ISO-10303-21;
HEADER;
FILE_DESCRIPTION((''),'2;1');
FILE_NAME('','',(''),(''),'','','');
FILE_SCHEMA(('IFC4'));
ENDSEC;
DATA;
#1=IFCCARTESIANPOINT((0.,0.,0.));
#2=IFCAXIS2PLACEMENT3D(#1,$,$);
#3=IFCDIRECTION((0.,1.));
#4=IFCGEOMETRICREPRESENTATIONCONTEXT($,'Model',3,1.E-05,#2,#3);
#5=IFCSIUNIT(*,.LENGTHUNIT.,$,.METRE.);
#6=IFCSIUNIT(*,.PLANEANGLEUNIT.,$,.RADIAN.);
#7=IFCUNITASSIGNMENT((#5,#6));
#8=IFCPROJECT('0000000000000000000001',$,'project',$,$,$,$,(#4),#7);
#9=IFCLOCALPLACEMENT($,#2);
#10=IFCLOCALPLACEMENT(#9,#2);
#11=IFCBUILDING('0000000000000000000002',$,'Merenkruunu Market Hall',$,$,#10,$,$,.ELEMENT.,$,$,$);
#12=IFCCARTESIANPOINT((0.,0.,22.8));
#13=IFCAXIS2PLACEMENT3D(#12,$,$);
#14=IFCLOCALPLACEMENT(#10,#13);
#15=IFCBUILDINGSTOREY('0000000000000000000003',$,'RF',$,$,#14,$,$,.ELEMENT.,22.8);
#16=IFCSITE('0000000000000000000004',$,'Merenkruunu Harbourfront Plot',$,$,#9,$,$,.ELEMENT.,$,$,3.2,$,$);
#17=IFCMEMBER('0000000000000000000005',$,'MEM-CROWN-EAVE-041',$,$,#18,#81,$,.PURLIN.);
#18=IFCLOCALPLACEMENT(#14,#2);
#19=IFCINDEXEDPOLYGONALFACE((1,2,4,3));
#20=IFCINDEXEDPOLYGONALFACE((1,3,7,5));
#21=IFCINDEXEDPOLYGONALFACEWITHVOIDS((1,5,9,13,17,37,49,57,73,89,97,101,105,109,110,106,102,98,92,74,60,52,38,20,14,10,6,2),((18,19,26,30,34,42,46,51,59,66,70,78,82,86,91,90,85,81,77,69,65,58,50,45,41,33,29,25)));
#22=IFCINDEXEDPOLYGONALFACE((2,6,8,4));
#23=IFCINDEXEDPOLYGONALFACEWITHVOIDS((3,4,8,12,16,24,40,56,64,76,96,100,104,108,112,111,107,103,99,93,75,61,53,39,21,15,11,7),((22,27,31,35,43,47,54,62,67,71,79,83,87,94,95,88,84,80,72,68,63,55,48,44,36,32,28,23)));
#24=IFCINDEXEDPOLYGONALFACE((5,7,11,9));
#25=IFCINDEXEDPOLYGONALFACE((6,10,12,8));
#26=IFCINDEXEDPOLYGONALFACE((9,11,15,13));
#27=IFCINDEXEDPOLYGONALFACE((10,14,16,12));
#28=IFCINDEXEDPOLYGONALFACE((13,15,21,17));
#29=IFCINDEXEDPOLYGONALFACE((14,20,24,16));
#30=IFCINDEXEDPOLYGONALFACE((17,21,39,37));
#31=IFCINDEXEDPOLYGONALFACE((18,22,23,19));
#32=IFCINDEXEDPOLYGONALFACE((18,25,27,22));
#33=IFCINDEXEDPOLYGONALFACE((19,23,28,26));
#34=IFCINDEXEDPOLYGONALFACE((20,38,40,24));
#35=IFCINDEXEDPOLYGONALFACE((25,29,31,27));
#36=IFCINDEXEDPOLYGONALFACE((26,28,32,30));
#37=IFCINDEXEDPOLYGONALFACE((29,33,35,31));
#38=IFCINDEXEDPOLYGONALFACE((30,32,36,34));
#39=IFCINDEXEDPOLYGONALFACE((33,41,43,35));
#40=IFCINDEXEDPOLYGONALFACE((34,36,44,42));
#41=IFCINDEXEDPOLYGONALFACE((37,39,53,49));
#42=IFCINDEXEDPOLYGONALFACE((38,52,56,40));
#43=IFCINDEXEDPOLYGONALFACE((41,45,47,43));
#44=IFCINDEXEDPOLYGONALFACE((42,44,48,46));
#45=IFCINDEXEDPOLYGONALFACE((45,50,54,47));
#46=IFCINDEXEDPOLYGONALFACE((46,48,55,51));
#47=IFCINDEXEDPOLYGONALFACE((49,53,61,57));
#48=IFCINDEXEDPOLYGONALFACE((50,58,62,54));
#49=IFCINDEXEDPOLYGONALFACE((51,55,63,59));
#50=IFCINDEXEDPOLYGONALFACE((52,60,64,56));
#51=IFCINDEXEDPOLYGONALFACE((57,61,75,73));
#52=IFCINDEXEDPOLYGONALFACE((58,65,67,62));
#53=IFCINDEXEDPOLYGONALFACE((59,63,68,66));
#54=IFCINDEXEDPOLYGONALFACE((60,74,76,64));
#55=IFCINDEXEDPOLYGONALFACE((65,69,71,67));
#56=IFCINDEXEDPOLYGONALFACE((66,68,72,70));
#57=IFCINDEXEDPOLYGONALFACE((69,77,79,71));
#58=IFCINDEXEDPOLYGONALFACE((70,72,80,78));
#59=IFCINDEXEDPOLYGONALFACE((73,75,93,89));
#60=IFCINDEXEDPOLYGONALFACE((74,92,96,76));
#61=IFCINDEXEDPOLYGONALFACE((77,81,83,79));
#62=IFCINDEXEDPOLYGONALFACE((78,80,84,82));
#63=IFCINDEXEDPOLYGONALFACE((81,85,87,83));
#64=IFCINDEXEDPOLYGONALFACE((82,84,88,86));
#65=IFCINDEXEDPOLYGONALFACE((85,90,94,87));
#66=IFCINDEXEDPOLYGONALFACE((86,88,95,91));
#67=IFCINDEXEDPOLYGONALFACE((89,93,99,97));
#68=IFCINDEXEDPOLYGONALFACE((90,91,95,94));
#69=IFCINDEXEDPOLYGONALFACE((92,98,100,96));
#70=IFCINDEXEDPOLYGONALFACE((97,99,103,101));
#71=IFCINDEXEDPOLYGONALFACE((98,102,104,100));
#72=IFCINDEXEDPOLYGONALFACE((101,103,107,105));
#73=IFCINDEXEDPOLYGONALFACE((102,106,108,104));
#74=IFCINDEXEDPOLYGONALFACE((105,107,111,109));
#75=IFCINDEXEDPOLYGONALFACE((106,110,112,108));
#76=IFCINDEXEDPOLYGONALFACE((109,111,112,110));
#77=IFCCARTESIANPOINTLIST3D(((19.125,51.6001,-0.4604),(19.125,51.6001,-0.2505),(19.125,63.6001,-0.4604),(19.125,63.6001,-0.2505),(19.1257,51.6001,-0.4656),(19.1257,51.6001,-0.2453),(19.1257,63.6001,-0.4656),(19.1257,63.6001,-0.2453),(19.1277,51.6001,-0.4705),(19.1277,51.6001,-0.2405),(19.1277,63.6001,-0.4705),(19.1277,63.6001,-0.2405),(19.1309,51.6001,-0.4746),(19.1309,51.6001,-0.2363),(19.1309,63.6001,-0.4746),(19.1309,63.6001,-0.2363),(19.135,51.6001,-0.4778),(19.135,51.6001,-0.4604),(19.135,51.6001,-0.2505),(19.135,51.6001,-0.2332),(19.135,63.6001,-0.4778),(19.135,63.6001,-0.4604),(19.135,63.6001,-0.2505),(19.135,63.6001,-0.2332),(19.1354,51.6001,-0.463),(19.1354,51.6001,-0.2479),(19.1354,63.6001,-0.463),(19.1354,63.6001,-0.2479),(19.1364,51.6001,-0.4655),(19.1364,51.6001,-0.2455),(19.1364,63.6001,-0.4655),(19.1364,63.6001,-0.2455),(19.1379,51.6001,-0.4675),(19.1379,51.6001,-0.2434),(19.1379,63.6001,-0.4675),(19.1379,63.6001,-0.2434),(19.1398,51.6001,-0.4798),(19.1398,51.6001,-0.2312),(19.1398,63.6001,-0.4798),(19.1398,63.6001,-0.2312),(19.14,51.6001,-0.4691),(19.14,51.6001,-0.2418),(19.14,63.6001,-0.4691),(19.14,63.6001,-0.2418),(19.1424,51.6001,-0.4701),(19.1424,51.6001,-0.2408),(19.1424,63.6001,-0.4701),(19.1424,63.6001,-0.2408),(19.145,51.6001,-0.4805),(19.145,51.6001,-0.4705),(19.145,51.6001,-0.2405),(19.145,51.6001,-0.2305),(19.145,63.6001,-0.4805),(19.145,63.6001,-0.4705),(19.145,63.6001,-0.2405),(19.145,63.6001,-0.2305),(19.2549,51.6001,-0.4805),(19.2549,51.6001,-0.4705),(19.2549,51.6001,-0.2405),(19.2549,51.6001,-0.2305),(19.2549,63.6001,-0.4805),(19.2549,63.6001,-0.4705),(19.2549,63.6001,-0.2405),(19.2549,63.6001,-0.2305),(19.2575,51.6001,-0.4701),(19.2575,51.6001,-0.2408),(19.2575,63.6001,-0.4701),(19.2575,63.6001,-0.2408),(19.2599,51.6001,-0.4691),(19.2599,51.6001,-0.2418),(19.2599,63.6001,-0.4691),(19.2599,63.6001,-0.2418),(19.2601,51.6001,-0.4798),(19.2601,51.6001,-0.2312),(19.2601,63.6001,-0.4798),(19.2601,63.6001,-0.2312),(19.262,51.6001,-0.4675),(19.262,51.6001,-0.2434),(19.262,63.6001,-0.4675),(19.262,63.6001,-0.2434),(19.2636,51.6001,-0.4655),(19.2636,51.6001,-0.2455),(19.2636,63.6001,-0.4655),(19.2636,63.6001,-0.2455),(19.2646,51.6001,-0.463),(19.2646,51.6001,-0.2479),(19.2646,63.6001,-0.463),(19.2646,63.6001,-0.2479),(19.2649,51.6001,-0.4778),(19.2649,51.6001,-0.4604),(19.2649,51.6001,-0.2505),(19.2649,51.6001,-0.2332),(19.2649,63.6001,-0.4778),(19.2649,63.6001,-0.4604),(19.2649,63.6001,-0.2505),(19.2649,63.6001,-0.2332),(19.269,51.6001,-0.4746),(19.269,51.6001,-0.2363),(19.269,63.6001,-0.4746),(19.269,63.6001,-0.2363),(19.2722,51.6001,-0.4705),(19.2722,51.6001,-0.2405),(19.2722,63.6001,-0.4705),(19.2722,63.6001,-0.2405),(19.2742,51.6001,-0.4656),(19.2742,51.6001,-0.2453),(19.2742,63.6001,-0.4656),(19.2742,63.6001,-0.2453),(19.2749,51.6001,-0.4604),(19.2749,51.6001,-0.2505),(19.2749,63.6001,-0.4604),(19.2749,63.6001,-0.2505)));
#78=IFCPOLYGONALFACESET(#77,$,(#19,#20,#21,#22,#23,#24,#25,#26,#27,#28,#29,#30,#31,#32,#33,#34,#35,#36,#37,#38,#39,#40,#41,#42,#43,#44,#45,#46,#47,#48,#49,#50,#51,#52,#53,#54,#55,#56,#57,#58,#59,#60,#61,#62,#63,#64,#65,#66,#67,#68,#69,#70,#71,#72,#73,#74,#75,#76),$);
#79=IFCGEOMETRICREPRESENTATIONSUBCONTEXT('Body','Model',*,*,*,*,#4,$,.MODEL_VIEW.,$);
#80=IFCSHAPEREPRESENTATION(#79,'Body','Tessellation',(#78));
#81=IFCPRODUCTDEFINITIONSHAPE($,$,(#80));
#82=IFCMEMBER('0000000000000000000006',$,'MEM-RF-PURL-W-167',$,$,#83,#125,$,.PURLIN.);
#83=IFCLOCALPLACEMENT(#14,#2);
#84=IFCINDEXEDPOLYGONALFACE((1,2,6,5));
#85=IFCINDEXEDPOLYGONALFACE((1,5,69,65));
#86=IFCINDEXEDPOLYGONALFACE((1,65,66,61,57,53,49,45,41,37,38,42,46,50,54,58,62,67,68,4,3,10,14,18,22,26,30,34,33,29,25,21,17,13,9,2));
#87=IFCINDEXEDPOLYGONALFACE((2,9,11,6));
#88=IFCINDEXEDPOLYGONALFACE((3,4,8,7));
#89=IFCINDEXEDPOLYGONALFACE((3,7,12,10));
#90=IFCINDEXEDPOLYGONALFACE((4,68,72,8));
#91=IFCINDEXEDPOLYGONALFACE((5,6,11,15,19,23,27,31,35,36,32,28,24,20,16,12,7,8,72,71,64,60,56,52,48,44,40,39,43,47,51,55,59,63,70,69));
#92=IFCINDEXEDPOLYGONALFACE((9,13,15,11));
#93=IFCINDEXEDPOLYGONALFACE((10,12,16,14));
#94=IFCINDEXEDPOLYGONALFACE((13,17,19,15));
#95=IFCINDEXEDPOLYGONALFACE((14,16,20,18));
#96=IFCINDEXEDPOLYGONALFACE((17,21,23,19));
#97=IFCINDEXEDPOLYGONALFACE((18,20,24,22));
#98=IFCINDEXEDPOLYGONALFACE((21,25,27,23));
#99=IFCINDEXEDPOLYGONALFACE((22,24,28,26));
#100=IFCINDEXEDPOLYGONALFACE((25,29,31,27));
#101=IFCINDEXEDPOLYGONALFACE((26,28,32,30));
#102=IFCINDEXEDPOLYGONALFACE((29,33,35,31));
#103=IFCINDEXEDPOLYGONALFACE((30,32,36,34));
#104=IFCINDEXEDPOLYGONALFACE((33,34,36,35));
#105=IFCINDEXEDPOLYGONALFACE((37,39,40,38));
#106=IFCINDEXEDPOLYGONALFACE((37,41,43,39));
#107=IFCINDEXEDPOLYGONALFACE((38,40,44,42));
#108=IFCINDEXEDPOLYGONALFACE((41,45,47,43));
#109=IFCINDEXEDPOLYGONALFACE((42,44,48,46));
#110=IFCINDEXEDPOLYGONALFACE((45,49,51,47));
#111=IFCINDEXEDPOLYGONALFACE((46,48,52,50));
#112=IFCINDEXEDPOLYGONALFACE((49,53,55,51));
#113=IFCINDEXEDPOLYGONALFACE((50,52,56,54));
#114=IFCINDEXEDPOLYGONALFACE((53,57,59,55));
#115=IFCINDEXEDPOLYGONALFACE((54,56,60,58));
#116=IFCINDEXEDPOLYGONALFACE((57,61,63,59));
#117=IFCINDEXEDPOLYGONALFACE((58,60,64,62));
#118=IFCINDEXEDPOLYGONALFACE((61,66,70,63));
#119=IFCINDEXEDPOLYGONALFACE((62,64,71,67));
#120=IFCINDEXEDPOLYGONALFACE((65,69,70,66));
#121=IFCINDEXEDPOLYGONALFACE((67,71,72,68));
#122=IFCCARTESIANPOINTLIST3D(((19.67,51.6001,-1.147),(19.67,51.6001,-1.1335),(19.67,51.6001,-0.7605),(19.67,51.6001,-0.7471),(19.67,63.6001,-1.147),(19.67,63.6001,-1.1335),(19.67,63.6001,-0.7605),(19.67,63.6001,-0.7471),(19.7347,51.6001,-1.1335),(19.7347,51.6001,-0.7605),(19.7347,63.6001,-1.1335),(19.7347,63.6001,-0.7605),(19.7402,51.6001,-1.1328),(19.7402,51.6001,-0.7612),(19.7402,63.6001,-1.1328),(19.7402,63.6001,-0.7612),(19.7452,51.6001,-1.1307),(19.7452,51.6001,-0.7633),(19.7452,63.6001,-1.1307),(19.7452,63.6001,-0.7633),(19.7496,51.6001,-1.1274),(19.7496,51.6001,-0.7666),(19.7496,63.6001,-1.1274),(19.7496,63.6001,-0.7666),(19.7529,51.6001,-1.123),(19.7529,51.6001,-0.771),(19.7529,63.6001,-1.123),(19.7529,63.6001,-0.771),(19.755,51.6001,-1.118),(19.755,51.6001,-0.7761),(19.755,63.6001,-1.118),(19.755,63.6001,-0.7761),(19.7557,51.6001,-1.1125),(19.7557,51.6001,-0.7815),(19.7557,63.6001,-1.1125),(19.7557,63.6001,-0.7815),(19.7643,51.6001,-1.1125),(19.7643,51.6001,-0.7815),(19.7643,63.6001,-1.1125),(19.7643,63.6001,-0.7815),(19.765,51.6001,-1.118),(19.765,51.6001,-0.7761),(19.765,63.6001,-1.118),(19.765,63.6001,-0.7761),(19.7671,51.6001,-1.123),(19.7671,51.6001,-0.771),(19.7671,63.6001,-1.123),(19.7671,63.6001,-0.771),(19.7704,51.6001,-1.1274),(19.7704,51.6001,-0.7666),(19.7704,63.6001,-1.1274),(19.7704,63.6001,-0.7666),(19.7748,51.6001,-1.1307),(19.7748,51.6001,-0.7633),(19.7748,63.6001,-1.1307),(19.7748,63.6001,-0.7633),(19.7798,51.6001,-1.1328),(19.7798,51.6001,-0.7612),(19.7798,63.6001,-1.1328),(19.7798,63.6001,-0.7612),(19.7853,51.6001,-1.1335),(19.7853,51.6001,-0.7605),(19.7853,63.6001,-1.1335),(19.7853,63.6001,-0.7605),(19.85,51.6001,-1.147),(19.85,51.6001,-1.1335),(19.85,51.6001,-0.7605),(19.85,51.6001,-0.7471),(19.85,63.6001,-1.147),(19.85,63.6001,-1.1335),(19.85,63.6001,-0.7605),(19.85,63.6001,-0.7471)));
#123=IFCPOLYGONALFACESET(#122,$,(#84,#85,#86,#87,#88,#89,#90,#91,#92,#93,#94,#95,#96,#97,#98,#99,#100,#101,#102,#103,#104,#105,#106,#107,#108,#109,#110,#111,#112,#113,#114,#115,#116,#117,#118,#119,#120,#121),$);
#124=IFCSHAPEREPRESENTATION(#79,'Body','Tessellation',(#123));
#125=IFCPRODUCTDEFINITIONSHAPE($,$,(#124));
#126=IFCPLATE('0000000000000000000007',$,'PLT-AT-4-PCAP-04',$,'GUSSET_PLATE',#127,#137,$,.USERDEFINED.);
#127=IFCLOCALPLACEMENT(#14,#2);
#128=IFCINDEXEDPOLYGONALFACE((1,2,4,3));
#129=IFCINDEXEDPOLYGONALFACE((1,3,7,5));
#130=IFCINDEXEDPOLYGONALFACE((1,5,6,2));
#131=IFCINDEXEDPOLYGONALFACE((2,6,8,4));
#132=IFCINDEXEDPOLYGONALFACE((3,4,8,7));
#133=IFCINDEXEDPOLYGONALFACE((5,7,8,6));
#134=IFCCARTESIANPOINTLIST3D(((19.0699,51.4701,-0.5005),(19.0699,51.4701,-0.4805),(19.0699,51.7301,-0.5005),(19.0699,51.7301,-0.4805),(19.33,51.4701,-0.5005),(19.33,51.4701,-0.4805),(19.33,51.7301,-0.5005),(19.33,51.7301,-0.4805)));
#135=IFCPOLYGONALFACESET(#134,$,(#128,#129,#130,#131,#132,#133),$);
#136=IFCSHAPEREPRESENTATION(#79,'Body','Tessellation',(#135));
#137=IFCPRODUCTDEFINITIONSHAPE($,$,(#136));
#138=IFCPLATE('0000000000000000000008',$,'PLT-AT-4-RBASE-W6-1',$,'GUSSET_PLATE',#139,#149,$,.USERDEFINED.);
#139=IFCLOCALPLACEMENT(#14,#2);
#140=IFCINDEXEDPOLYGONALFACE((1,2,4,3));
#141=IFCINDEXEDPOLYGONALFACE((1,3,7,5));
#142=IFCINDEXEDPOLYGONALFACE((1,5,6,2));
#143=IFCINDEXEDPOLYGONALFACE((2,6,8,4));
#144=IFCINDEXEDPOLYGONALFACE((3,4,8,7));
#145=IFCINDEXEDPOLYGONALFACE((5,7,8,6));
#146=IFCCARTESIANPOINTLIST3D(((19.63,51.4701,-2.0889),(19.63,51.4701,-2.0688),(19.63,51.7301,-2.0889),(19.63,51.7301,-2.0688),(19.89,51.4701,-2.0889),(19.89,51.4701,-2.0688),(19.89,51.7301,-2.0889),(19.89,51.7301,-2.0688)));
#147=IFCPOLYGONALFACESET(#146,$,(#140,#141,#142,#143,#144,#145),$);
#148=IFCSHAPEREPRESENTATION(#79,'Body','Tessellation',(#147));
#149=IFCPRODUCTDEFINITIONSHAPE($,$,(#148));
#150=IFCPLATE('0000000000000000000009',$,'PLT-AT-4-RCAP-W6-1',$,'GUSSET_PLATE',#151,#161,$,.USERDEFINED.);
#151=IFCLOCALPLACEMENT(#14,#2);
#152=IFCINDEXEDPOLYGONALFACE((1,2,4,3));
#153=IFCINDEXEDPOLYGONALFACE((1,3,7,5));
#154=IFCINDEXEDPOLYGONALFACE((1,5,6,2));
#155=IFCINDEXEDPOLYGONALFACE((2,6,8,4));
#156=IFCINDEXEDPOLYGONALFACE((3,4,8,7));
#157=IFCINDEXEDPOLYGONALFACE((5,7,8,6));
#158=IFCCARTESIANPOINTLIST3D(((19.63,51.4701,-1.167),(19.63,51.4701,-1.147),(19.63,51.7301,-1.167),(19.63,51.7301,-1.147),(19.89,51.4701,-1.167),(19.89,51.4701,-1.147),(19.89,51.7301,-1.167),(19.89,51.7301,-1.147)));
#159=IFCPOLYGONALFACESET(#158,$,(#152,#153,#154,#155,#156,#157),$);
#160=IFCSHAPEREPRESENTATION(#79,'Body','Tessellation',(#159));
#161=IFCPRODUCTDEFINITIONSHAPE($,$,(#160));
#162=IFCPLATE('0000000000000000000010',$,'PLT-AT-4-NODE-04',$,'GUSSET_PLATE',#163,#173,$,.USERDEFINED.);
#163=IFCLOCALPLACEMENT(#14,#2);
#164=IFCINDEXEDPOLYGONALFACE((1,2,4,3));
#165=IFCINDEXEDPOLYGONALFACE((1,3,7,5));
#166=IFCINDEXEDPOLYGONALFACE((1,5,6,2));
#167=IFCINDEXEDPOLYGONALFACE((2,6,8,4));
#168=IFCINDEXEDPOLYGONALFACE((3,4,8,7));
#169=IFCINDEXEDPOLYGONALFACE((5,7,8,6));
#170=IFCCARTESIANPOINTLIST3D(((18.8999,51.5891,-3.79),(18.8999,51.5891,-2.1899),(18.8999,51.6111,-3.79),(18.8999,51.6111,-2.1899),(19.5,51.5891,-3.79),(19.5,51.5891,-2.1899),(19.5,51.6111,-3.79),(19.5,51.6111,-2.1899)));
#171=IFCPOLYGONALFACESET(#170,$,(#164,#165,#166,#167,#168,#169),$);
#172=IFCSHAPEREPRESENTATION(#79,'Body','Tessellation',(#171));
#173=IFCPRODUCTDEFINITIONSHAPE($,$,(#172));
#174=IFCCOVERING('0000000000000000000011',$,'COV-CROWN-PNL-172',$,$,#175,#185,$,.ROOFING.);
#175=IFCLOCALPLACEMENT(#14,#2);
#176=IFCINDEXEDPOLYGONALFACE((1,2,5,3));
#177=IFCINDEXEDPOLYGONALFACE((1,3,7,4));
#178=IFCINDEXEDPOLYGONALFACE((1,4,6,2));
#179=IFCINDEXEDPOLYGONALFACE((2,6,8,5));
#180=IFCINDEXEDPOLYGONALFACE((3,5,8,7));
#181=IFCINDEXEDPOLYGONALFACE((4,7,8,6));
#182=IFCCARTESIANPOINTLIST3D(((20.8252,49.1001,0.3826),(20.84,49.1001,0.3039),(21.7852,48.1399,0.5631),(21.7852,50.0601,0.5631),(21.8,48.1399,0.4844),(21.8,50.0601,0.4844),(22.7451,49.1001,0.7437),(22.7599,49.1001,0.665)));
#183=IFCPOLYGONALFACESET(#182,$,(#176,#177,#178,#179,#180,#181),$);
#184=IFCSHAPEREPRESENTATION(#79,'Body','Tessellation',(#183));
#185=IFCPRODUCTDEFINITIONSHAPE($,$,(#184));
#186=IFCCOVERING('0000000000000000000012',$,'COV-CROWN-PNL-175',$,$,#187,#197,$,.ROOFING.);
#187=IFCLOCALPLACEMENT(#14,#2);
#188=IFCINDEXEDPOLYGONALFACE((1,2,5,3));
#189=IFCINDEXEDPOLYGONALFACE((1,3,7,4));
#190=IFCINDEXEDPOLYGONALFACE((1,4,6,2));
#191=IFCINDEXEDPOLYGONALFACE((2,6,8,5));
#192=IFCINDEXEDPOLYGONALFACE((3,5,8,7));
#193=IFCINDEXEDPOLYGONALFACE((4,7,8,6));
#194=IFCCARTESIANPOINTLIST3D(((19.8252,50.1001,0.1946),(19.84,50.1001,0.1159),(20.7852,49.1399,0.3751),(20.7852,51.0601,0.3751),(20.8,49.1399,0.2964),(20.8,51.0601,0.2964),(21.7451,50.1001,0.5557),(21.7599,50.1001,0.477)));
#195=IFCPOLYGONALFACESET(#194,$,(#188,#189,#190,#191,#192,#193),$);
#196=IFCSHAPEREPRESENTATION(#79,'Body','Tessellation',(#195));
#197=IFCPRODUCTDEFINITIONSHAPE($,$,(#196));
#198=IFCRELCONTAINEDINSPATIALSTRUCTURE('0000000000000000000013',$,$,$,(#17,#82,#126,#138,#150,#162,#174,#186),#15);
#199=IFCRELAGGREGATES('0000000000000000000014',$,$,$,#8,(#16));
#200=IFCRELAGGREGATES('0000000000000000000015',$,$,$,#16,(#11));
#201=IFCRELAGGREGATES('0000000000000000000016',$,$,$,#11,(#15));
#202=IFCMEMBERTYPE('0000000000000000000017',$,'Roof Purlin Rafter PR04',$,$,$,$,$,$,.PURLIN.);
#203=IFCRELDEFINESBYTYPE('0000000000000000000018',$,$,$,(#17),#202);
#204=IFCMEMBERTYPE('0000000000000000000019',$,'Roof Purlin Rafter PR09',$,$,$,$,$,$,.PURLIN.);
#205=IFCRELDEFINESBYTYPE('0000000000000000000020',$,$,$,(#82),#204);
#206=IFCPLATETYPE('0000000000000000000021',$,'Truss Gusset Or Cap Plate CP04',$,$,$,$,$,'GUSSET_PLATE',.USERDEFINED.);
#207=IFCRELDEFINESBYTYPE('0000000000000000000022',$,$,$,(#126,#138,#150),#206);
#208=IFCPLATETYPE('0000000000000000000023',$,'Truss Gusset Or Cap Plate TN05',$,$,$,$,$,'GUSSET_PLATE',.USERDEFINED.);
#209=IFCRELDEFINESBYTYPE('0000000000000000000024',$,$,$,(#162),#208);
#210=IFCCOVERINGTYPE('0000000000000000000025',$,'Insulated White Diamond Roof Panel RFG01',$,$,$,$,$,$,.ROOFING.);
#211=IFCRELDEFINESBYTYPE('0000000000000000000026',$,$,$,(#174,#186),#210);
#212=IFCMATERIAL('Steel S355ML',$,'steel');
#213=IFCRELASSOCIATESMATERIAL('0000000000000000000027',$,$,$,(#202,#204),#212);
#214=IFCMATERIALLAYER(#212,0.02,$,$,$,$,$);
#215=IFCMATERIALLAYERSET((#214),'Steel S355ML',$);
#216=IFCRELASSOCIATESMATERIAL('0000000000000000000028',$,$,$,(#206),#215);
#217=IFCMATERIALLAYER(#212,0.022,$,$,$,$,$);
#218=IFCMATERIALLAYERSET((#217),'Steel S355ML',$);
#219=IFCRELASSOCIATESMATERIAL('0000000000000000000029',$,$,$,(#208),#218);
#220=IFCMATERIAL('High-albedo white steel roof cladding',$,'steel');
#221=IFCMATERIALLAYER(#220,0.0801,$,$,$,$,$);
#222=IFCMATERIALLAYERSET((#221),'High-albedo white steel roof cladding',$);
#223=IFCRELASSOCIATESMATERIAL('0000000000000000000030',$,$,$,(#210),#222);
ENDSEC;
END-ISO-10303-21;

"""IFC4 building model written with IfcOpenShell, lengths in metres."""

from ifc_helpers import new_model, si_unit, direction, frame, origin, origin_2d, place, context, subcontext, project, spatial, polyline, rectangle, hollow_rectangle, i_section, outline, extrude, material, layer, layer_set, material_profile, profile_set, type_object, element, save


model = new_model("IFC4")

# Units and contexts
model_context = context("Model", 3, precision=1e-05, world=origin(), true_north=direction((0.0, 1.0)))
body_context = subcontext(model_context, "Body", "Model", "MODEL_VIEW")
ifc_project = project(units=[si_unit("LENGTHUNIT", "METRE"), si_unit("PLANEANGLEUNIT", "RADIAN")], contexts=[model_context])

# Site, building, storey
site_placement = place(None, origin())
site = spatial("IfcSite", under=ifc_project, at=site_placement, Name="Merenkruunu Harbourfront Plot", CompositionType="ELEMENT", RefElevation=3.2)
building_placement = place(site_placement, origin())
building = spatial("IfcBuilding", under=site, at=building_placement, Name="Merenkruunu Market Hall", CompositionType="ELEMENT")
storey_placement = place(building_placement, frame((0.0, 0.0, 22.8)))
storey = spatial("IfcBuildingStorey", under=building, at=storey_placement, Name="RF", CompositionType="ELEMENT", Elevation=22.8)

# Members
ifc_material_1 = material(Name="Steel S355ML", Category="steel")
ifc_material_profile_1 = material_profile(ifc_material_1, hollow_rectangle(XDim=0.1499, YDim=0.25, WallThickness=0.01, InnerFilletRadius=0.01, OuterFilletRadius=0.02, at=origin_2d()), Name="RHS 250x150x10")
ifc_profile_set_1 = profile_set([ifc_material_profile_1], Name="Steel S355ML")
member_type_1 = type_object("IfcMemberType", Name="Roof Purlin Rafter PR04", PredefinedType="PURLIN", material=ifc_profile_set_1)
member_1_placement = place(storey_placement, frame((19.2, 51.6001, -0.3555), z_axis=(0.0, 1.0, 0.0), x_axis=(-1.0, 0.0, 0.0)))
element("IfcMember", 1, at=member_1_placement, inside=storey, type_object=member_type_1, Name="MEM-CROWN-EAVE-041", PredefinedType="PURLIN", context=body_context, shape_type="SweptSolid", body=[
    extrude(hollow_rectangle(XDim=0.1499, YDim=0.25, WallThickness=0.01, InnerFilletRadius=0.01, OuterFilletRadius=0.02, at=origin_2d()), origin(), (0.0, 0.0, 1.0), 12.0),
])
ifc_material_profile_2 = material_profile(ifc_material_1, i_section(OverallWidth=0.1799, OverallDepth=0.3999, WebThickness=0.0085, FlangeThickness=0.0134, FilletRadius=0.021, at=origin_2d()), Name="IPE 400")
ifc_profile_set_2 = profile_set([ifc_material_profile_2], Name="Steel S355ML")
member_type_2 = type_object("IfcMemberType", Name="Roof Purlin Rafter PR09", PredefinedType="PURLIN", material=ifc_profile_set_2)
member_2_placement = place(storey_placement, frame((19.76, 51.6001, -0.947), z_axis=(0.0, 1.0, 0.0), x_axis=(-1.0, 0.0, 0.0)))
element("IfcMember", 2, at=member_2_placement, inside=storey, type_object=member_type_2, Name="MEM-RF-PURL-W-167", PredefinedType="PURLIN", context=body_context, shape_type="SweptSolid", body=[
    extrude(i_section(OverallWidth=0.1799, OverallDepth=0.3999, WebThickness=0.0085, FlangeThickness=0.0134, FilletRadius=0.021, at=origin_2d()), origin(), (0.0, 0.0, 1.0), 12.0),
])

# Plates
ifc_layer_1 = layer(ifc_material_1, 0.02)
ifc_layer_set_1 = layer_set([ifc_layer_1], Name="Steel S355ML")
plate_type_1 = type_object("IfcPlateType", Name="Truss Gusset Or Cap Plate CP04", ElementType="GUSSET_PLATE", PredefinedType="USERDEFINED", material=ifc_layer_set_1)
for number, where, z_axis, x_axis, name in (
    (3, (19.2, 51.6001, -0.5005), (0.0, 0.0, 1.0), (1.0, 0.0, 0.0), "PLT-AT-4-PCAP-04"),
    (4, (19.76, 51.6001, -2.0889), (0.0, 0.0, 1.0), (1.0, 0.0, 0.0), "PLT-AT-4-RBASE-W6-1"),
    (5, (19.76, 51.6001, -1.167), (0.0, 0.0, 1.0), (1.0, 0.0, 0.0), "PLT-AT-4-RCAP-W6-1"),
):
    element("IfcPlate", number, at=place(storey_placement, frame(where, z_axis=z_axis, x_axis=x_axis)), inside=storey, type_object=plate_type_1, Name=name, ObjectType="GUSSET_PLATE", PredefinedType="USERDEFINED", context=body_context, shape_type="SweptSolid", body=[
        extrude(rectangle(XDim=0.26, YDim=0.26, at=origin_2d()), origin(), (0.0, 0.0, 1.0), 0.02),
    ])
ifc_layer_2 = layer(ifc_material_1, 0.022)
ifc_layer_set_2 = layer_set([ifc_layer_2], Name="Steel S355ML")
plate_type_2 = type_object("IfcPlateType", Name="Truss Gusset Or Cap Plate TN05", ElementType="GUSSET_PLATE", PredefinedType="USERDEFINED", material=ifc_layer_set_2)
plate_placement = place(storey_placement, frame((19.2, 51.6001, -3.79), z_axis=(0.0, 0.0, 1.0), x_axis=(1.0, 0.0, 0.0)))
element("IfcPlate", 6, at=plate_placement, inside=storey, type_object=plate_type_2, Name="PLT-AT-4-NODE-04", ObjectType="GUSSET_PLATE", PredefinedType="USERDEFINED", context=body_context, shape_type="SweptSolid", body=[
    extrude(rectangle(XDim=0.6001, YDim=0.022, at=origin_2d()), origin(), (0.0, 0.0, 1.0), 1.6001),
])

# Coverings
ifc_material_2 = material(Name="High-albedo white steel roof cladding", Category="steel")
ifc_layer_3 = layer(ifc_material_2, 0.0801)
ifc_layer_set_3 = layer_set([ifc_layer_3], Name="High-albedo white steel roof cladding")
covering_type_1 = type_object("IfcCoveringType", Name="Insulated White Diamond Roof Panel RFG01", PredefinedType="ROOFING", material=ifc_layer_set_3)
for number, where, z_axis, x_axis, name in (
    (7, (20.8252, 49.1001, 0.3826), (-0.184832, 0.0, 0.98277), (0.700856, -0.701018, 0.131812), "COV-CROWN-PNL-172"),
    (8, (19.8252, 50.1001, 0.1946), (-0.184832, 0.0, 0.98277), (0.700856, -0.701018, 0.131812), "COV-CROWN-PNL-175"),
):
    element("IfcCovering", number, at=place(storey_placement, frame(where, z_axis=z_axis, x_axis=x_axis)), inside=storey, type_object=covering_type_1, Name=name, PredefinedType="ROOFING", context=body_context, shape_type="SweptSolid", body=[
        extrude(outline(polyline([(0.0, 0.0), (1.3697, 0.0), (1.3932, 1.3695), (0.0237, 1.3694), (0.0, 0.0)])), origin(), (0.0, 0.0, -1.0), 0.0801),
    ])

save(model, "model.ifc")
